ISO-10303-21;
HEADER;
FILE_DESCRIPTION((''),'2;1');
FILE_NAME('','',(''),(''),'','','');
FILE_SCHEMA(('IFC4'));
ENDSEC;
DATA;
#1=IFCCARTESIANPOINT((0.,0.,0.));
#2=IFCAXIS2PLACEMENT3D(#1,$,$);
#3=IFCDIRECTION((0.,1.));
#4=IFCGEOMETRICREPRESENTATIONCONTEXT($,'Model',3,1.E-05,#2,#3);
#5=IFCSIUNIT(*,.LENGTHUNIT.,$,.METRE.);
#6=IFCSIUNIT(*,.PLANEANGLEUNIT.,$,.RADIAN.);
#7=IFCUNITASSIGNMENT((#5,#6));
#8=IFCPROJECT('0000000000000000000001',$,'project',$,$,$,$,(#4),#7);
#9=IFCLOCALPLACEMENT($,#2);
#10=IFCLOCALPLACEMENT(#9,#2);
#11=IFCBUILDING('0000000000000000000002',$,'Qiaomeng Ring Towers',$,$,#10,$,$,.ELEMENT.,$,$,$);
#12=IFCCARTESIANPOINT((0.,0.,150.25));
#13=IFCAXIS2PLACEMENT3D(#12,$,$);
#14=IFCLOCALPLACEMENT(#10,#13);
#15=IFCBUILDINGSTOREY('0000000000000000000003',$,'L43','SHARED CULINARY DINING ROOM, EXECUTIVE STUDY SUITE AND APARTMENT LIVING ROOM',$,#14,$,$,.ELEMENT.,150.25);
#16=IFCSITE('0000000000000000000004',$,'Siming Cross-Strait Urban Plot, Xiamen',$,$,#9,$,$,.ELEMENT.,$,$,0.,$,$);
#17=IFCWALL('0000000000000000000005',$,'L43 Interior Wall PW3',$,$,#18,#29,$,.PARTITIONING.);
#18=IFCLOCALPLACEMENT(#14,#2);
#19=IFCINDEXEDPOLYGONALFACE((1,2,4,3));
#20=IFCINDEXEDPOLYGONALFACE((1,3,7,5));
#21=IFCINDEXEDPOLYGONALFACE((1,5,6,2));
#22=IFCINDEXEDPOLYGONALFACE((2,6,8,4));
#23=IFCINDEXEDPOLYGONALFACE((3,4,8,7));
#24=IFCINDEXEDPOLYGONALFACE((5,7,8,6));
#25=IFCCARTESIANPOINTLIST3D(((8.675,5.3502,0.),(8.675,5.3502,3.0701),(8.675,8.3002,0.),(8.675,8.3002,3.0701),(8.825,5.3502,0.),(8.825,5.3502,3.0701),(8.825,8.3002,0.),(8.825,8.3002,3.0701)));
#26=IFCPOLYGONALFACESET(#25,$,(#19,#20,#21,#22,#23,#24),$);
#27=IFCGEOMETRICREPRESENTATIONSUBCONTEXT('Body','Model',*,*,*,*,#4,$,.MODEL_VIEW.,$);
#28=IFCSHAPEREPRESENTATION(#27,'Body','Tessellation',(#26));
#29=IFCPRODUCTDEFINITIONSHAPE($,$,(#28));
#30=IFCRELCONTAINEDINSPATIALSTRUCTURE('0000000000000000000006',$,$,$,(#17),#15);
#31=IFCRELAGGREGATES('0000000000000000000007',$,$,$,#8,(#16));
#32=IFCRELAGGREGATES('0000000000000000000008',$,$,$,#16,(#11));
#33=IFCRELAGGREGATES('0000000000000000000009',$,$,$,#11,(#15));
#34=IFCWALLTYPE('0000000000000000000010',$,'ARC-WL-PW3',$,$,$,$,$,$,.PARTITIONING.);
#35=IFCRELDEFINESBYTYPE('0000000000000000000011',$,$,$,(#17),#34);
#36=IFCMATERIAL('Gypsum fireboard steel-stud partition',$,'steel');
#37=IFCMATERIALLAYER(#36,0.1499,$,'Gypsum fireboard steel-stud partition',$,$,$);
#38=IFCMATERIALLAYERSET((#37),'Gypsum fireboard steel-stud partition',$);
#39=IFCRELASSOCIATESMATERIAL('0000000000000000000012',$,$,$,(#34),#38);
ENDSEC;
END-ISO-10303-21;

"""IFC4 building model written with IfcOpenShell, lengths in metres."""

from ifc_helpers import new_model, si_unit, direction, frame, frame_2d, origin, place, context, subcontext, project, spatial, rectangle, extrude, material, layer, layer_set, type_object, element, save


model = new_model("IFC4")

# Units and contexts
model_context = context("Model", 3, precision=1e-05, world=origin(), true_north=direction((0.0, 1.0)))
body_context = subcontext(model_context, "Body", "Model", "MODEL_VIEW")
ifc_project = project(units=[si_unit("LENGTHUNIT", "METRE"), si_unit("PLANEANGLEUNIT", "RADIAN")], contexts=[model_context])

# Site, building, storey
site_placement = place(None, origin())
site = spatial("IfcSite", under=ifc_project, at=site_placement, Name="Siming Cross-Strait Urban Plot, Xiamen", CompositionType="ELEMENT", RefElevation=0.0)
building_placement = place(site_placement, origin())
building = spatial("IfcBuilding", under=site, at=building_placement, Name="Qiaomeng Ring Towers", CompositionType="ELEMENT")
storey_placement = place(building_placement, frame((0.0, 0.0, 150.25)))
storey = spatial("IfcBuildingStorey", under=building, at=storey_placement, Name="L43", Description="SHARED CULINARY DINING ROOM, EXECUTIVE STUDY SUITE AND APARTMENT LIVING ROOM", CompositionType="ELEMENT", Elevation=150.25)

# Wall
ifc_material_1 = material(Name="Gypsum fireboard steel-stud partition", Category="steel")
ifc_layer_1 = layer(ifc_material_1, 0.1499, Name="Gypsum fireboard steel-stud partition")
ifc_layer_set_1 = layer_set([ifc_layer_1], Name="Gypsum fireboard steel-stud partition")
wall_type_1 = type_object("IfcWallType", Name="ARC-WL-PW3", PredefinedType="PARTITIONING", material=ifc_layer_set_1)
wall_1_placement = place(storey_placement, frame((8.75, 5.3501, 0.0), z_axis=(0.0, 0.0, 1.0), x_axis=(0.0, 1.0, 0.0)))
element("IfcWall", 1, at=wall_1_placement, inside=storey, type_object=wall_type_1, Name="L43 Interior Wall PW3", PredefinedType="PARTITIONING", context=body_context, shape_type="SweptSolid", body=[
    extrude(rectangle(XDim=2.95, YDim=0.1499, at=frame_2d((1.4751, 0.0))), origin(), (0.0, 0.0, 1.0), 3.0701),
])

save(model, "model.ifc")
